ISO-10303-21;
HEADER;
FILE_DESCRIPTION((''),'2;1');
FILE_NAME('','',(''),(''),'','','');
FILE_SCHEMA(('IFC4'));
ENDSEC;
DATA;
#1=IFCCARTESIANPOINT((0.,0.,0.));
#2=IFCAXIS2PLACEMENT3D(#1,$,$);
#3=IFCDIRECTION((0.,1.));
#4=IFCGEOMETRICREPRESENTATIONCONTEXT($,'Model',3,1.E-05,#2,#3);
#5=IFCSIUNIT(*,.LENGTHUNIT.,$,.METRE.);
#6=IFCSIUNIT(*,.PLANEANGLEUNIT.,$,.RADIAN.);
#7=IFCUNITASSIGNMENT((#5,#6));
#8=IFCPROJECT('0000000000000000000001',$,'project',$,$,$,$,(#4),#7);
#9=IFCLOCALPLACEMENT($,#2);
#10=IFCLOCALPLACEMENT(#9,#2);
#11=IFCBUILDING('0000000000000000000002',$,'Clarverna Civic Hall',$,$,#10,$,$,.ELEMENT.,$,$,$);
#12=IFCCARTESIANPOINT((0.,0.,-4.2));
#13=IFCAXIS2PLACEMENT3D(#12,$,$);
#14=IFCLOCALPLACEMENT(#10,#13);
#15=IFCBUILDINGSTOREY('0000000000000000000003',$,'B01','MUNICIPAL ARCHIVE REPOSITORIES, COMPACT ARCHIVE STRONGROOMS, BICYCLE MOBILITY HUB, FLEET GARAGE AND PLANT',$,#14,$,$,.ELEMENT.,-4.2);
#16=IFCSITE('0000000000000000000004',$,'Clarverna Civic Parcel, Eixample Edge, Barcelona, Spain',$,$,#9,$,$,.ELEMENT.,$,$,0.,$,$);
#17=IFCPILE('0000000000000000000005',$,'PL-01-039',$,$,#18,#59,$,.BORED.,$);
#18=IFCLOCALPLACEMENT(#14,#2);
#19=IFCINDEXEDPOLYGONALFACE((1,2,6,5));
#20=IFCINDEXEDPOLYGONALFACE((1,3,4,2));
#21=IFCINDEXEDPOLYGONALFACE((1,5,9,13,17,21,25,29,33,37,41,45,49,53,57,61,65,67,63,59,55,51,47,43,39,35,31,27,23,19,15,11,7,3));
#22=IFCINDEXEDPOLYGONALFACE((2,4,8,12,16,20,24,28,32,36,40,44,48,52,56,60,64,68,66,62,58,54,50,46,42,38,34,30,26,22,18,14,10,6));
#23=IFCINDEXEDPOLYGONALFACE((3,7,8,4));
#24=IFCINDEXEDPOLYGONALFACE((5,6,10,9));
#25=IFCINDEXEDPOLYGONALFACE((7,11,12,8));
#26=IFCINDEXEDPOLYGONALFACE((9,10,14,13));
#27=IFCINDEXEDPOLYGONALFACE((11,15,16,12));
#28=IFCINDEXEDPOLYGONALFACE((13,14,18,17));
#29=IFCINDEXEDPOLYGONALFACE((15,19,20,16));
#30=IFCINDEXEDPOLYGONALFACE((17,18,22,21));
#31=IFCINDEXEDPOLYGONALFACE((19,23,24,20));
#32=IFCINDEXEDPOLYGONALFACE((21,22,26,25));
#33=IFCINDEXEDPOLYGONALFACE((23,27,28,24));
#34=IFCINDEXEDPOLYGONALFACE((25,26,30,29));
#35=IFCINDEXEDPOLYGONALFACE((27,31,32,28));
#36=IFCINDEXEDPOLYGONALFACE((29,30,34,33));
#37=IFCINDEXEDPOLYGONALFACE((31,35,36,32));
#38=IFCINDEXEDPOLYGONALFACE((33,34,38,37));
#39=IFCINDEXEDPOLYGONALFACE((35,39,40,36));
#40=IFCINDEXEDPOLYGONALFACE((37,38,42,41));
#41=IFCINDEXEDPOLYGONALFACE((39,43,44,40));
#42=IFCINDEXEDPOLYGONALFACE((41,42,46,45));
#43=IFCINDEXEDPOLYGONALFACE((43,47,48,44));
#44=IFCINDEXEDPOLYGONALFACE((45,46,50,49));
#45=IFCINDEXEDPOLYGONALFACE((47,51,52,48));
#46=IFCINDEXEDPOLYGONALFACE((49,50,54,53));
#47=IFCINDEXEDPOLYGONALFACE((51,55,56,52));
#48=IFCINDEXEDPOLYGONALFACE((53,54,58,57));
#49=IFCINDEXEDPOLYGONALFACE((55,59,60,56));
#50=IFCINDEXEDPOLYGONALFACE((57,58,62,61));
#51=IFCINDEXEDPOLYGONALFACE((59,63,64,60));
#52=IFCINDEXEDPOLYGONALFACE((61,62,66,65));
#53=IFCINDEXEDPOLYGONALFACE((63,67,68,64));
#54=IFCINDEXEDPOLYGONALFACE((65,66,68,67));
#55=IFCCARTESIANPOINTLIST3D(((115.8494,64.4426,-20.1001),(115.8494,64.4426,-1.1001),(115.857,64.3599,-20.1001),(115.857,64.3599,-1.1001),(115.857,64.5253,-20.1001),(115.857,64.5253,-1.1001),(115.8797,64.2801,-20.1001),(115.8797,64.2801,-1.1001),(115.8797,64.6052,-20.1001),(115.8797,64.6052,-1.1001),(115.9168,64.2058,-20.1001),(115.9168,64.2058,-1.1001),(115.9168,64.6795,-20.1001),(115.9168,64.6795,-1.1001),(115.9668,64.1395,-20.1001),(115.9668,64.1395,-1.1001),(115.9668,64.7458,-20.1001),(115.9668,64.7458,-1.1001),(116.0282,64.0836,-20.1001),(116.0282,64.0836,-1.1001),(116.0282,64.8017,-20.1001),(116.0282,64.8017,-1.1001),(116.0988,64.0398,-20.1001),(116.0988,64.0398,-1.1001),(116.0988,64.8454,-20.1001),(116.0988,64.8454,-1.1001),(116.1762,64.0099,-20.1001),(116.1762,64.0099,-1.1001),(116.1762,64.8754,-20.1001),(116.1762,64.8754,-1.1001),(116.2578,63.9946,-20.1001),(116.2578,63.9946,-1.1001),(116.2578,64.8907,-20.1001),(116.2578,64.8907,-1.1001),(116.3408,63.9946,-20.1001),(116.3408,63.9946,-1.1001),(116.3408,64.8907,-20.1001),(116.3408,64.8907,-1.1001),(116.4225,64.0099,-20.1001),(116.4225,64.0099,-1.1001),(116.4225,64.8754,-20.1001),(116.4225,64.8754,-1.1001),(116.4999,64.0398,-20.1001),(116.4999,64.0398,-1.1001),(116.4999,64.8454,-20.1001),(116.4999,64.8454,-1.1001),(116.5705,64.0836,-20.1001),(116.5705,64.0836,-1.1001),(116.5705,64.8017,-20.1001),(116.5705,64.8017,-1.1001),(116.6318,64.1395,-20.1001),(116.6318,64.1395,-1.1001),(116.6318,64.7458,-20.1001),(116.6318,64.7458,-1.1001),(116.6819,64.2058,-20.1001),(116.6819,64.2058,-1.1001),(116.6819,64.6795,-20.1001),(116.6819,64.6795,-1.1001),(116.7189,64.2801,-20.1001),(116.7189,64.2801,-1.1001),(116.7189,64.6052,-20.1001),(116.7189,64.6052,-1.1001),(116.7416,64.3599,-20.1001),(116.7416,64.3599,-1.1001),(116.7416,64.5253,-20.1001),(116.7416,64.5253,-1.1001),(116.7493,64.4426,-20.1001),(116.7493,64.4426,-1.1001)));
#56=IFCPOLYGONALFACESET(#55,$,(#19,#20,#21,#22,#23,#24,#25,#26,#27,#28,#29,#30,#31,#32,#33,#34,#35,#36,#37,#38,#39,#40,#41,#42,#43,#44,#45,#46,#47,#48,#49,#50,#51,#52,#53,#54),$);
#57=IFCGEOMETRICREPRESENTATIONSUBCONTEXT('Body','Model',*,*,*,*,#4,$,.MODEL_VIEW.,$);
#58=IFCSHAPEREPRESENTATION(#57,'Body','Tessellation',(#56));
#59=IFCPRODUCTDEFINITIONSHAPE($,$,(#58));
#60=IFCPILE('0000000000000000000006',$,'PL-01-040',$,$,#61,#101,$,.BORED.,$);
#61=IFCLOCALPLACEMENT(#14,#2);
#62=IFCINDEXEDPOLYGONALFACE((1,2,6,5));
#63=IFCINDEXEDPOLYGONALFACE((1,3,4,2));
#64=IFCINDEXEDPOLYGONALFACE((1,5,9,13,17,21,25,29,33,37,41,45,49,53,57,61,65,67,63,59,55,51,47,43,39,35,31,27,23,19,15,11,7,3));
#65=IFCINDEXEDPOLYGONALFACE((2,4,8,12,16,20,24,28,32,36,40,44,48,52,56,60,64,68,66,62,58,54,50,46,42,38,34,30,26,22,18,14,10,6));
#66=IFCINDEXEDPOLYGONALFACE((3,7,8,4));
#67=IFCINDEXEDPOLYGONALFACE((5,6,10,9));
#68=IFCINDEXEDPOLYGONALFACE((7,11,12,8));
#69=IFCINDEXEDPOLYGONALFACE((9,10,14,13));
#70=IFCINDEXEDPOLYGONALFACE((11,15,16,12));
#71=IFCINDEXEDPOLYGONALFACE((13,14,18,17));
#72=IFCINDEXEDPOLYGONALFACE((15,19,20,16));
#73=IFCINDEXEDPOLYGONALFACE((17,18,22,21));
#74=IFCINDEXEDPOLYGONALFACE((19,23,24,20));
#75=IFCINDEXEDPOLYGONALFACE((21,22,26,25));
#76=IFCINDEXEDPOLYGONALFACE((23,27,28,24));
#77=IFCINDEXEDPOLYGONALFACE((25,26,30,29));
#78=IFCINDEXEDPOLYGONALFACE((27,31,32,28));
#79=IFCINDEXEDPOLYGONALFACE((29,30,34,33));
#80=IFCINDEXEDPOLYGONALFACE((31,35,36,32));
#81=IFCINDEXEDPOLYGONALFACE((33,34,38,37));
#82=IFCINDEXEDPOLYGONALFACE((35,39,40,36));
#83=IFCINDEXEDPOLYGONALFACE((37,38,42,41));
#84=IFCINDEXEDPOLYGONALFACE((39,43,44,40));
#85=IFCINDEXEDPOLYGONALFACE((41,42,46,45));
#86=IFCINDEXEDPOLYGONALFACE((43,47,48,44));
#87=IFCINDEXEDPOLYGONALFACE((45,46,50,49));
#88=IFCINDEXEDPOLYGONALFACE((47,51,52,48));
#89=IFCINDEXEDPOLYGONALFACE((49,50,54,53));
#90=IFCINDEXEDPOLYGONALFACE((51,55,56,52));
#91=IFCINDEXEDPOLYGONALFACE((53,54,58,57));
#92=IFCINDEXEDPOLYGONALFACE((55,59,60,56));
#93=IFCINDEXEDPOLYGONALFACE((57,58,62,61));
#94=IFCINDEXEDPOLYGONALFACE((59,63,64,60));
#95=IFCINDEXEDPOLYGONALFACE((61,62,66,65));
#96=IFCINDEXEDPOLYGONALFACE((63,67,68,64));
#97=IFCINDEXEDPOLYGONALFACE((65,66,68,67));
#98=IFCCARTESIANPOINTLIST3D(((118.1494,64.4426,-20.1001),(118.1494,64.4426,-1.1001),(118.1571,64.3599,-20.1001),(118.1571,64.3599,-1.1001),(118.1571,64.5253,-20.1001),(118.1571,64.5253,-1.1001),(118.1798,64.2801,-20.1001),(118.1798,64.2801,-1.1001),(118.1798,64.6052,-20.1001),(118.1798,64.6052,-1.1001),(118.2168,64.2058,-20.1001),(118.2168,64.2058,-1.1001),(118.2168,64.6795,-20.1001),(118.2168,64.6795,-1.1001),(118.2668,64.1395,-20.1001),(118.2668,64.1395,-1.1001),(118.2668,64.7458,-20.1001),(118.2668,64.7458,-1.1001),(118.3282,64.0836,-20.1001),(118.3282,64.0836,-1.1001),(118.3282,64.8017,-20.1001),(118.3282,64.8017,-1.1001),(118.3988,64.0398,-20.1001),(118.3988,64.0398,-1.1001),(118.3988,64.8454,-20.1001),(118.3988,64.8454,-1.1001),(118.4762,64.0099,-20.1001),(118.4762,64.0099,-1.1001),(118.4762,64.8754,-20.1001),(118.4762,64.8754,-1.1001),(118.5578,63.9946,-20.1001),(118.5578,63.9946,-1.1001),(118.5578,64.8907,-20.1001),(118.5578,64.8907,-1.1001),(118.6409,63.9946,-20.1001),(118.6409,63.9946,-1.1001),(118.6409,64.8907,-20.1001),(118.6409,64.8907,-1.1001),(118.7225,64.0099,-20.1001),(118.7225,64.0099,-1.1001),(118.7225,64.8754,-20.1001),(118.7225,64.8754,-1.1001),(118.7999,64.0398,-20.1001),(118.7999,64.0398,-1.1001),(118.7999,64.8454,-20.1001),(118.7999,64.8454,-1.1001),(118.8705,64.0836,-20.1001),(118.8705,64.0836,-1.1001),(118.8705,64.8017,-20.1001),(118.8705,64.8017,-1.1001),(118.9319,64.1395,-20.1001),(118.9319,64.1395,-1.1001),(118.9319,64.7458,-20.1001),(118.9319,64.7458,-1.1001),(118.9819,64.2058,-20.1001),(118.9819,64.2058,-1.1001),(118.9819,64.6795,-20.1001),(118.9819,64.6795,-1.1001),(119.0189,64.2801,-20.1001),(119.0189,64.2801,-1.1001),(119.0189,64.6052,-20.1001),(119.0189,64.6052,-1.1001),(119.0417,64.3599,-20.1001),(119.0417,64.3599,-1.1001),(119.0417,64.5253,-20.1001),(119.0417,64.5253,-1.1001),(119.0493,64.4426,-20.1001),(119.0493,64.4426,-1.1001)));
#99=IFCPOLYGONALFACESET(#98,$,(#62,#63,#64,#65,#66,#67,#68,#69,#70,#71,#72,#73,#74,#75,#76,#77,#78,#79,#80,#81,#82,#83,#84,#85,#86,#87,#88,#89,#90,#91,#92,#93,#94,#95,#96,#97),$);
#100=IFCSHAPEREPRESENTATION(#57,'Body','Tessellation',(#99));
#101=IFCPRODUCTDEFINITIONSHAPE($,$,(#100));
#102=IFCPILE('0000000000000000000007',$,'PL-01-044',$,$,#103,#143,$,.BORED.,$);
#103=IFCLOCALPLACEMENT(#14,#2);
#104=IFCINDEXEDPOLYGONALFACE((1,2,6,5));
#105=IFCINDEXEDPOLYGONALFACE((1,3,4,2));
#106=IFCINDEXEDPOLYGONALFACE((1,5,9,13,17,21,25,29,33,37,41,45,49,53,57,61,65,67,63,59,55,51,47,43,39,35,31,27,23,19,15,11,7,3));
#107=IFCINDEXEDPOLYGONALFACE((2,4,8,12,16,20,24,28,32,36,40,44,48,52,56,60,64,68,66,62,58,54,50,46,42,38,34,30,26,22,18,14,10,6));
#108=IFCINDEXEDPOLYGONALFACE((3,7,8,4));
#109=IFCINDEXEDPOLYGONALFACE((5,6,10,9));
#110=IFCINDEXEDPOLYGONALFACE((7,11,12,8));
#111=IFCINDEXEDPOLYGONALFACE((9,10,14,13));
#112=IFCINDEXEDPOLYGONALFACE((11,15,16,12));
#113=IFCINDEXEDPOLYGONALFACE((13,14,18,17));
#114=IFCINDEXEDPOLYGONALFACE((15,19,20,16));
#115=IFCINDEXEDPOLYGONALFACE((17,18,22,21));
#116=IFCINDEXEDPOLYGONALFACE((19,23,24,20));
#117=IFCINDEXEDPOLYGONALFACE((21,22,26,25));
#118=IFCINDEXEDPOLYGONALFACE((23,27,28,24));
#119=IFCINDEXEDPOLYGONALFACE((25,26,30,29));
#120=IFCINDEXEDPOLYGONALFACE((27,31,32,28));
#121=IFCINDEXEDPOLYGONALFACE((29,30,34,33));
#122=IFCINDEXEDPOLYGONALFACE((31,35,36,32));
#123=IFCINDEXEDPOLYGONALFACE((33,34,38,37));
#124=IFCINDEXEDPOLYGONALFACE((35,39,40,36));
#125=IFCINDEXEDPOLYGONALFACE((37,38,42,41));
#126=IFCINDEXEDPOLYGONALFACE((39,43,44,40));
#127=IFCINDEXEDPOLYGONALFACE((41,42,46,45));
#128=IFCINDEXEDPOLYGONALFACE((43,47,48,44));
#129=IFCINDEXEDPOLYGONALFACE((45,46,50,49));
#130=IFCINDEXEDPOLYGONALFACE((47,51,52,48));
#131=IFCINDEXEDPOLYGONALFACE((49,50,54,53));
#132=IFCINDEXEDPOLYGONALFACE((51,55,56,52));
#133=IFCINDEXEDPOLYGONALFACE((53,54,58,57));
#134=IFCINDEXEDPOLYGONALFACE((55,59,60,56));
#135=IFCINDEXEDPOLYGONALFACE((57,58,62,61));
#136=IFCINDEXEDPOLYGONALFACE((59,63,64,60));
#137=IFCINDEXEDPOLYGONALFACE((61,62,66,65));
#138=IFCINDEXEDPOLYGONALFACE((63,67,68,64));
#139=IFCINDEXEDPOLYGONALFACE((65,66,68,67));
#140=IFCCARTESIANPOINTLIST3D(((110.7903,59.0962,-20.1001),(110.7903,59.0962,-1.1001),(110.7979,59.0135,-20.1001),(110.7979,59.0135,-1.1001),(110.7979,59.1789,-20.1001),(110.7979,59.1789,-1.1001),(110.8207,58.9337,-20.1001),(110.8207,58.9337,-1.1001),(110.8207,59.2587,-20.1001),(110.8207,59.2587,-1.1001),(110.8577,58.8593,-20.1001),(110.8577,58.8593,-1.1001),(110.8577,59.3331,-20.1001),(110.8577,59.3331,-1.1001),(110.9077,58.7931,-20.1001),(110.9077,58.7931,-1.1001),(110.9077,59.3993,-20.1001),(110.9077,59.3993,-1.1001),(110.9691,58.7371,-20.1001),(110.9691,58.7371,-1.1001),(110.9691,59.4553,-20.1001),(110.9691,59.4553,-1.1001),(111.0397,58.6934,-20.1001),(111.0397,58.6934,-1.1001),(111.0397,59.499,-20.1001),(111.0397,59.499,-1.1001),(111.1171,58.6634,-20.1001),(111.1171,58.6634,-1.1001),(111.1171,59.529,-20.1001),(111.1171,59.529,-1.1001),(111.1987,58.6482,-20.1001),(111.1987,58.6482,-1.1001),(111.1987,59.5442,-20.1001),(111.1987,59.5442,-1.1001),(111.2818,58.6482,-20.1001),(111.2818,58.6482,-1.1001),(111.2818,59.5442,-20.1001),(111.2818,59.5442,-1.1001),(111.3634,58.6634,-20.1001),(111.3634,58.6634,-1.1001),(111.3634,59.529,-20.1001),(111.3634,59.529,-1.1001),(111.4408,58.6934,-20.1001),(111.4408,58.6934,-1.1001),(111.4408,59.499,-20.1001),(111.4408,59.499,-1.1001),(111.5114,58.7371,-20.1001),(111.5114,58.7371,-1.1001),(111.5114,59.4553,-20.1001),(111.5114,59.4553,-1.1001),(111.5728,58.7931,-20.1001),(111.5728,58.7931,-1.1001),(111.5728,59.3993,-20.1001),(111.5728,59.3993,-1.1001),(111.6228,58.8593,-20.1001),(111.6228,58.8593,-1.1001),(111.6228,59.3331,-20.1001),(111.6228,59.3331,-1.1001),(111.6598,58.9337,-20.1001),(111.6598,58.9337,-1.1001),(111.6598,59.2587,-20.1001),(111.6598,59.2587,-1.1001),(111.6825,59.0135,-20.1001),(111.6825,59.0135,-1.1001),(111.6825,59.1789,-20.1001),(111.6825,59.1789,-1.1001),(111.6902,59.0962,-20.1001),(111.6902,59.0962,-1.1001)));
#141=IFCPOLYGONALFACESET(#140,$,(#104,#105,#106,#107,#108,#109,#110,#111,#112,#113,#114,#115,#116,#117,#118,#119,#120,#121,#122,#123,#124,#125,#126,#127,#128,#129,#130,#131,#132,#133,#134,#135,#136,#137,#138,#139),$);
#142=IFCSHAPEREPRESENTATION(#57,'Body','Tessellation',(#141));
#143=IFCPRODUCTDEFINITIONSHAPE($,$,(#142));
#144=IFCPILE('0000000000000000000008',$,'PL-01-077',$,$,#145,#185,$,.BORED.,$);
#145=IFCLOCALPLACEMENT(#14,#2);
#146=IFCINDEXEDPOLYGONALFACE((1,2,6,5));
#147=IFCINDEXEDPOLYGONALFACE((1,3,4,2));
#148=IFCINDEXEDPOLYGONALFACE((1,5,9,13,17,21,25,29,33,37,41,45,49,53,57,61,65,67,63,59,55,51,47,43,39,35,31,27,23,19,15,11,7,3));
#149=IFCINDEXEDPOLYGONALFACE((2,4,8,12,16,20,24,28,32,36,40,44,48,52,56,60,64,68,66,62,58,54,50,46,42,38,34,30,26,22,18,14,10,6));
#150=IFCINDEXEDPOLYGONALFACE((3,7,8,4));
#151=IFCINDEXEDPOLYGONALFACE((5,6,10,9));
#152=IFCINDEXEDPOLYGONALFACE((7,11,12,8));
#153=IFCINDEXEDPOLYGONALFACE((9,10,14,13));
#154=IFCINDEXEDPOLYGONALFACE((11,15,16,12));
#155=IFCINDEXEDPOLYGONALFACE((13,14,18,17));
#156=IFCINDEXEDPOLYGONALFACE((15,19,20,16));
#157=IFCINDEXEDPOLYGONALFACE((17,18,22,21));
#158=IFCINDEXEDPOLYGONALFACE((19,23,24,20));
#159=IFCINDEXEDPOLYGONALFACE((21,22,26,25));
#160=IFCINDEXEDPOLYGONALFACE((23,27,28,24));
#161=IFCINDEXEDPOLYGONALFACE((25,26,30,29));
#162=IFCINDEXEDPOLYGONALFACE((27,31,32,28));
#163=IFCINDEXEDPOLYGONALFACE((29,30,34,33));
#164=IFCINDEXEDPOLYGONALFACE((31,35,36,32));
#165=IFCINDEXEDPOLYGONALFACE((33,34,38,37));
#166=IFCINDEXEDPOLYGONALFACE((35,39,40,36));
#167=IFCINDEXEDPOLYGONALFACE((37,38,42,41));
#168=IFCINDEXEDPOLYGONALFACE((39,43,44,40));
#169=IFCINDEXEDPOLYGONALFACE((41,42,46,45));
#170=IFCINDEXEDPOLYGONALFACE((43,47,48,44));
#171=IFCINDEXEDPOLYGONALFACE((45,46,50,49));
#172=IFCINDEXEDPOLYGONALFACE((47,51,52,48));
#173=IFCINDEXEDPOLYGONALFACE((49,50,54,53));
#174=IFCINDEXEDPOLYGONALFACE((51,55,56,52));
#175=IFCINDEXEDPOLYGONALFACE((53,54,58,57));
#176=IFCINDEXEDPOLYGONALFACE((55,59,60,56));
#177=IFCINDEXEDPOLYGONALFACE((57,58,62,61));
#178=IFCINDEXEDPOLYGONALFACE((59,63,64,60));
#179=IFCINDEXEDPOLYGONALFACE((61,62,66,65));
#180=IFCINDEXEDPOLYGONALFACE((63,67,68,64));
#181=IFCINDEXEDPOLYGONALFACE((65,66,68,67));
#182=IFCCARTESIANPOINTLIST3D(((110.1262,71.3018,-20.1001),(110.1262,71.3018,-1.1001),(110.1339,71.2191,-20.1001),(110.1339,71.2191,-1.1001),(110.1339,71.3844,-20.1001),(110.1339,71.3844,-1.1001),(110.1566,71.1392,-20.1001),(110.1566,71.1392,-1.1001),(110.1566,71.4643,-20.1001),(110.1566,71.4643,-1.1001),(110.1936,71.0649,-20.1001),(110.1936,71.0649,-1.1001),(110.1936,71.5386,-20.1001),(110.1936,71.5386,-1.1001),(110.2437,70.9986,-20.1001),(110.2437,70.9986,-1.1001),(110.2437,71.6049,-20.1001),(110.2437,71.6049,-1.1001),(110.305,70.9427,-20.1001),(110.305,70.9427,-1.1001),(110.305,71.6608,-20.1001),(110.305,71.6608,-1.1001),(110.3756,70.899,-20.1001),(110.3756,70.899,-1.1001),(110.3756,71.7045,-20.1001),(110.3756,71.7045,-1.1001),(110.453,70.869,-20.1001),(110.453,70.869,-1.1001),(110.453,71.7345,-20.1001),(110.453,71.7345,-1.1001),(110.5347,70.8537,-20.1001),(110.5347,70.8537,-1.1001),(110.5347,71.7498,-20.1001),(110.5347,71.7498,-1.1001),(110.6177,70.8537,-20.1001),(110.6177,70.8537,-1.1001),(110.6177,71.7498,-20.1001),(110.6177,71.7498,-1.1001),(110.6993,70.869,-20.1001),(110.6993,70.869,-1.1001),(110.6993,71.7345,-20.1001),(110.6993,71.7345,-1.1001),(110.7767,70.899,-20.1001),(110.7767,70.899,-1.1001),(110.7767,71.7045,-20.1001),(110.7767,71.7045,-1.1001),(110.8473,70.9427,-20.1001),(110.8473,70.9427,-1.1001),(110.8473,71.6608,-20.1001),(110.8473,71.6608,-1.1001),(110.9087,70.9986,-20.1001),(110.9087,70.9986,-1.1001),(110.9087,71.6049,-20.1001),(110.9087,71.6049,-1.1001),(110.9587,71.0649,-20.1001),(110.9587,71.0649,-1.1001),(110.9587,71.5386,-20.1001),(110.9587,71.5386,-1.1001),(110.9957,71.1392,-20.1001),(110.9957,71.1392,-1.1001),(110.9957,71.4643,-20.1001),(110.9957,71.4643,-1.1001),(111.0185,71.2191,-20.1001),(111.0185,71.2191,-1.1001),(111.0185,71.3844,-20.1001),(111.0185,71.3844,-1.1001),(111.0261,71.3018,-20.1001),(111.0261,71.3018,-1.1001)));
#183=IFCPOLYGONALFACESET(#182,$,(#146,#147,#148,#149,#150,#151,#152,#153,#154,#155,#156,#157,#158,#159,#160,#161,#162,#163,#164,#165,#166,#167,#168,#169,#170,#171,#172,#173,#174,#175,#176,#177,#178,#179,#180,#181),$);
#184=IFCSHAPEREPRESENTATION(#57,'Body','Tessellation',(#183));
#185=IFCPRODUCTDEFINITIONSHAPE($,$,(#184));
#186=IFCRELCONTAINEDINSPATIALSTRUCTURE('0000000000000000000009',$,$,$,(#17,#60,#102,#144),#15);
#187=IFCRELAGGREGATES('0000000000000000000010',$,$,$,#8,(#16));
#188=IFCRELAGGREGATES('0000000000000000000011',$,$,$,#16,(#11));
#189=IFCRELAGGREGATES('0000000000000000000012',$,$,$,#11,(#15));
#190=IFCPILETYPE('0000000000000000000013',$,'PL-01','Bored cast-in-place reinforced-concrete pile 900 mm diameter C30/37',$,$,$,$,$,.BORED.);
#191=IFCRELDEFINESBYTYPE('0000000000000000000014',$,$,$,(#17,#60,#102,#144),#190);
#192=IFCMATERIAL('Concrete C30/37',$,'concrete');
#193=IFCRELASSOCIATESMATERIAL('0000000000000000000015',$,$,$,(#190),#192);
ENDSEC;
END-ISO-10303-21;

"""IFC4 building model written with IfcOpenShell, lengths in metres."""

from ifc_helpers import new_model, si_unit, direction, frame, origin, origin_2d, place, context, subcontext, project, spatial, circle, extrude, material, material_profile, profile_set, type_object, element, save


model = new_model("IFC4")

# Units and contexts
model_context = context("Model", 3, precision=1e-05, world=origin(), true_north=direction((0.0, 1.0)))
body_context = subcontext(model_context, "Body", "Model", "MODEL_VIEW")
ifc_project = project(units=[si_unit("LENGTHUNIT", "METRE"), si_unit("PLANEANGLEUNIT", "RADIAN")], contexts=[model_context])

# Site, building, storey
site_placement = place(None, origin())
site = spatial("IfcSite", under=ifc_project, at=site_placement, Name="Clarverna Civic Parcel, Eixample Edge, Barcelona, Spain", CompositionType="ELEMENT", RefElevation=0.0)
building_placement = place(site_placement, origin())
building = spatial("IfcBuilding", under=site, at=building_placement, Name="Clarverna Civic Hall", CompositionType="ELEMENT")
storey_placement = place(building_placement, frame((0.0, 0.0, -4.2)))
storey = spatial("IfcBuildingStorey", under=building, at=storey_placement, Name="B01", Description="MUNICIPAL ARCHIVE REPOSITORIES, COMPACT ARCHIVE STRONGROOMS, BICYCLE MOBILITY HUB, FLEET GARAGE AND PLANT", CompositionType="ELEMENT", Elevation=-4.2)

# Shared definitions
ifc_material_1 = material(Name="Concrete C30/37", Category="concrete")

# Piles
ifc_material_profile_1 = material_profile(ifc_material_1, circle(Radius=0.45, at=origin_2d()), Name="BORED PILE D900")
ifc_profile_set_1 = profile_set([ifc_material_profile_1], Name="Concrete C30/37")
pile_type = type_object("IfcPileType", Name="PL-01", Description="Bored cast-in-place reinforced-concrete pile 900 mm diameter C30/37", PredefinedType="BORED", material=ifc_profile_set_1)
for number, where, z_axis, x_axis, name in (
    (1, (116.2993, 64.4426, -1.1001), (0.0, 0.0, -1.0), (1.0, 0.0, 0.0), "PL-01-039"),
    (2, (118.5994, 64.4426, -1.1001), (0.0, 0.0, -1.0), (1.0, 0.0, 0.0), "PL-01-040"),
    (3, (111.2402, 59.0962, -1.1001), (0.0, 0.0, -1.0), (1.0, 0.0, 0.0), "PL-01-044"),
    (4, (110.5762, 71.3018, -1.1001), (0.0, 0.0, -1.0), (1.0, 0.0, 0.0), "PL-01-077"),
):
    element("IfcPile", number, at=place(storey_placement, frame(where, z_axis=z_axis, x_axis=x_axis)), inside=storey, type_object=pile_type, Name=name, PredefinedType="BORED", context=body_context, shape_type="SweptSolid", body=[
        extrude(circle(Radius=0.45, at=origin_2d()), origin(), (0.0, 0.0, 1.0), 19.0),
    ])

save(model, "model.ifc")
